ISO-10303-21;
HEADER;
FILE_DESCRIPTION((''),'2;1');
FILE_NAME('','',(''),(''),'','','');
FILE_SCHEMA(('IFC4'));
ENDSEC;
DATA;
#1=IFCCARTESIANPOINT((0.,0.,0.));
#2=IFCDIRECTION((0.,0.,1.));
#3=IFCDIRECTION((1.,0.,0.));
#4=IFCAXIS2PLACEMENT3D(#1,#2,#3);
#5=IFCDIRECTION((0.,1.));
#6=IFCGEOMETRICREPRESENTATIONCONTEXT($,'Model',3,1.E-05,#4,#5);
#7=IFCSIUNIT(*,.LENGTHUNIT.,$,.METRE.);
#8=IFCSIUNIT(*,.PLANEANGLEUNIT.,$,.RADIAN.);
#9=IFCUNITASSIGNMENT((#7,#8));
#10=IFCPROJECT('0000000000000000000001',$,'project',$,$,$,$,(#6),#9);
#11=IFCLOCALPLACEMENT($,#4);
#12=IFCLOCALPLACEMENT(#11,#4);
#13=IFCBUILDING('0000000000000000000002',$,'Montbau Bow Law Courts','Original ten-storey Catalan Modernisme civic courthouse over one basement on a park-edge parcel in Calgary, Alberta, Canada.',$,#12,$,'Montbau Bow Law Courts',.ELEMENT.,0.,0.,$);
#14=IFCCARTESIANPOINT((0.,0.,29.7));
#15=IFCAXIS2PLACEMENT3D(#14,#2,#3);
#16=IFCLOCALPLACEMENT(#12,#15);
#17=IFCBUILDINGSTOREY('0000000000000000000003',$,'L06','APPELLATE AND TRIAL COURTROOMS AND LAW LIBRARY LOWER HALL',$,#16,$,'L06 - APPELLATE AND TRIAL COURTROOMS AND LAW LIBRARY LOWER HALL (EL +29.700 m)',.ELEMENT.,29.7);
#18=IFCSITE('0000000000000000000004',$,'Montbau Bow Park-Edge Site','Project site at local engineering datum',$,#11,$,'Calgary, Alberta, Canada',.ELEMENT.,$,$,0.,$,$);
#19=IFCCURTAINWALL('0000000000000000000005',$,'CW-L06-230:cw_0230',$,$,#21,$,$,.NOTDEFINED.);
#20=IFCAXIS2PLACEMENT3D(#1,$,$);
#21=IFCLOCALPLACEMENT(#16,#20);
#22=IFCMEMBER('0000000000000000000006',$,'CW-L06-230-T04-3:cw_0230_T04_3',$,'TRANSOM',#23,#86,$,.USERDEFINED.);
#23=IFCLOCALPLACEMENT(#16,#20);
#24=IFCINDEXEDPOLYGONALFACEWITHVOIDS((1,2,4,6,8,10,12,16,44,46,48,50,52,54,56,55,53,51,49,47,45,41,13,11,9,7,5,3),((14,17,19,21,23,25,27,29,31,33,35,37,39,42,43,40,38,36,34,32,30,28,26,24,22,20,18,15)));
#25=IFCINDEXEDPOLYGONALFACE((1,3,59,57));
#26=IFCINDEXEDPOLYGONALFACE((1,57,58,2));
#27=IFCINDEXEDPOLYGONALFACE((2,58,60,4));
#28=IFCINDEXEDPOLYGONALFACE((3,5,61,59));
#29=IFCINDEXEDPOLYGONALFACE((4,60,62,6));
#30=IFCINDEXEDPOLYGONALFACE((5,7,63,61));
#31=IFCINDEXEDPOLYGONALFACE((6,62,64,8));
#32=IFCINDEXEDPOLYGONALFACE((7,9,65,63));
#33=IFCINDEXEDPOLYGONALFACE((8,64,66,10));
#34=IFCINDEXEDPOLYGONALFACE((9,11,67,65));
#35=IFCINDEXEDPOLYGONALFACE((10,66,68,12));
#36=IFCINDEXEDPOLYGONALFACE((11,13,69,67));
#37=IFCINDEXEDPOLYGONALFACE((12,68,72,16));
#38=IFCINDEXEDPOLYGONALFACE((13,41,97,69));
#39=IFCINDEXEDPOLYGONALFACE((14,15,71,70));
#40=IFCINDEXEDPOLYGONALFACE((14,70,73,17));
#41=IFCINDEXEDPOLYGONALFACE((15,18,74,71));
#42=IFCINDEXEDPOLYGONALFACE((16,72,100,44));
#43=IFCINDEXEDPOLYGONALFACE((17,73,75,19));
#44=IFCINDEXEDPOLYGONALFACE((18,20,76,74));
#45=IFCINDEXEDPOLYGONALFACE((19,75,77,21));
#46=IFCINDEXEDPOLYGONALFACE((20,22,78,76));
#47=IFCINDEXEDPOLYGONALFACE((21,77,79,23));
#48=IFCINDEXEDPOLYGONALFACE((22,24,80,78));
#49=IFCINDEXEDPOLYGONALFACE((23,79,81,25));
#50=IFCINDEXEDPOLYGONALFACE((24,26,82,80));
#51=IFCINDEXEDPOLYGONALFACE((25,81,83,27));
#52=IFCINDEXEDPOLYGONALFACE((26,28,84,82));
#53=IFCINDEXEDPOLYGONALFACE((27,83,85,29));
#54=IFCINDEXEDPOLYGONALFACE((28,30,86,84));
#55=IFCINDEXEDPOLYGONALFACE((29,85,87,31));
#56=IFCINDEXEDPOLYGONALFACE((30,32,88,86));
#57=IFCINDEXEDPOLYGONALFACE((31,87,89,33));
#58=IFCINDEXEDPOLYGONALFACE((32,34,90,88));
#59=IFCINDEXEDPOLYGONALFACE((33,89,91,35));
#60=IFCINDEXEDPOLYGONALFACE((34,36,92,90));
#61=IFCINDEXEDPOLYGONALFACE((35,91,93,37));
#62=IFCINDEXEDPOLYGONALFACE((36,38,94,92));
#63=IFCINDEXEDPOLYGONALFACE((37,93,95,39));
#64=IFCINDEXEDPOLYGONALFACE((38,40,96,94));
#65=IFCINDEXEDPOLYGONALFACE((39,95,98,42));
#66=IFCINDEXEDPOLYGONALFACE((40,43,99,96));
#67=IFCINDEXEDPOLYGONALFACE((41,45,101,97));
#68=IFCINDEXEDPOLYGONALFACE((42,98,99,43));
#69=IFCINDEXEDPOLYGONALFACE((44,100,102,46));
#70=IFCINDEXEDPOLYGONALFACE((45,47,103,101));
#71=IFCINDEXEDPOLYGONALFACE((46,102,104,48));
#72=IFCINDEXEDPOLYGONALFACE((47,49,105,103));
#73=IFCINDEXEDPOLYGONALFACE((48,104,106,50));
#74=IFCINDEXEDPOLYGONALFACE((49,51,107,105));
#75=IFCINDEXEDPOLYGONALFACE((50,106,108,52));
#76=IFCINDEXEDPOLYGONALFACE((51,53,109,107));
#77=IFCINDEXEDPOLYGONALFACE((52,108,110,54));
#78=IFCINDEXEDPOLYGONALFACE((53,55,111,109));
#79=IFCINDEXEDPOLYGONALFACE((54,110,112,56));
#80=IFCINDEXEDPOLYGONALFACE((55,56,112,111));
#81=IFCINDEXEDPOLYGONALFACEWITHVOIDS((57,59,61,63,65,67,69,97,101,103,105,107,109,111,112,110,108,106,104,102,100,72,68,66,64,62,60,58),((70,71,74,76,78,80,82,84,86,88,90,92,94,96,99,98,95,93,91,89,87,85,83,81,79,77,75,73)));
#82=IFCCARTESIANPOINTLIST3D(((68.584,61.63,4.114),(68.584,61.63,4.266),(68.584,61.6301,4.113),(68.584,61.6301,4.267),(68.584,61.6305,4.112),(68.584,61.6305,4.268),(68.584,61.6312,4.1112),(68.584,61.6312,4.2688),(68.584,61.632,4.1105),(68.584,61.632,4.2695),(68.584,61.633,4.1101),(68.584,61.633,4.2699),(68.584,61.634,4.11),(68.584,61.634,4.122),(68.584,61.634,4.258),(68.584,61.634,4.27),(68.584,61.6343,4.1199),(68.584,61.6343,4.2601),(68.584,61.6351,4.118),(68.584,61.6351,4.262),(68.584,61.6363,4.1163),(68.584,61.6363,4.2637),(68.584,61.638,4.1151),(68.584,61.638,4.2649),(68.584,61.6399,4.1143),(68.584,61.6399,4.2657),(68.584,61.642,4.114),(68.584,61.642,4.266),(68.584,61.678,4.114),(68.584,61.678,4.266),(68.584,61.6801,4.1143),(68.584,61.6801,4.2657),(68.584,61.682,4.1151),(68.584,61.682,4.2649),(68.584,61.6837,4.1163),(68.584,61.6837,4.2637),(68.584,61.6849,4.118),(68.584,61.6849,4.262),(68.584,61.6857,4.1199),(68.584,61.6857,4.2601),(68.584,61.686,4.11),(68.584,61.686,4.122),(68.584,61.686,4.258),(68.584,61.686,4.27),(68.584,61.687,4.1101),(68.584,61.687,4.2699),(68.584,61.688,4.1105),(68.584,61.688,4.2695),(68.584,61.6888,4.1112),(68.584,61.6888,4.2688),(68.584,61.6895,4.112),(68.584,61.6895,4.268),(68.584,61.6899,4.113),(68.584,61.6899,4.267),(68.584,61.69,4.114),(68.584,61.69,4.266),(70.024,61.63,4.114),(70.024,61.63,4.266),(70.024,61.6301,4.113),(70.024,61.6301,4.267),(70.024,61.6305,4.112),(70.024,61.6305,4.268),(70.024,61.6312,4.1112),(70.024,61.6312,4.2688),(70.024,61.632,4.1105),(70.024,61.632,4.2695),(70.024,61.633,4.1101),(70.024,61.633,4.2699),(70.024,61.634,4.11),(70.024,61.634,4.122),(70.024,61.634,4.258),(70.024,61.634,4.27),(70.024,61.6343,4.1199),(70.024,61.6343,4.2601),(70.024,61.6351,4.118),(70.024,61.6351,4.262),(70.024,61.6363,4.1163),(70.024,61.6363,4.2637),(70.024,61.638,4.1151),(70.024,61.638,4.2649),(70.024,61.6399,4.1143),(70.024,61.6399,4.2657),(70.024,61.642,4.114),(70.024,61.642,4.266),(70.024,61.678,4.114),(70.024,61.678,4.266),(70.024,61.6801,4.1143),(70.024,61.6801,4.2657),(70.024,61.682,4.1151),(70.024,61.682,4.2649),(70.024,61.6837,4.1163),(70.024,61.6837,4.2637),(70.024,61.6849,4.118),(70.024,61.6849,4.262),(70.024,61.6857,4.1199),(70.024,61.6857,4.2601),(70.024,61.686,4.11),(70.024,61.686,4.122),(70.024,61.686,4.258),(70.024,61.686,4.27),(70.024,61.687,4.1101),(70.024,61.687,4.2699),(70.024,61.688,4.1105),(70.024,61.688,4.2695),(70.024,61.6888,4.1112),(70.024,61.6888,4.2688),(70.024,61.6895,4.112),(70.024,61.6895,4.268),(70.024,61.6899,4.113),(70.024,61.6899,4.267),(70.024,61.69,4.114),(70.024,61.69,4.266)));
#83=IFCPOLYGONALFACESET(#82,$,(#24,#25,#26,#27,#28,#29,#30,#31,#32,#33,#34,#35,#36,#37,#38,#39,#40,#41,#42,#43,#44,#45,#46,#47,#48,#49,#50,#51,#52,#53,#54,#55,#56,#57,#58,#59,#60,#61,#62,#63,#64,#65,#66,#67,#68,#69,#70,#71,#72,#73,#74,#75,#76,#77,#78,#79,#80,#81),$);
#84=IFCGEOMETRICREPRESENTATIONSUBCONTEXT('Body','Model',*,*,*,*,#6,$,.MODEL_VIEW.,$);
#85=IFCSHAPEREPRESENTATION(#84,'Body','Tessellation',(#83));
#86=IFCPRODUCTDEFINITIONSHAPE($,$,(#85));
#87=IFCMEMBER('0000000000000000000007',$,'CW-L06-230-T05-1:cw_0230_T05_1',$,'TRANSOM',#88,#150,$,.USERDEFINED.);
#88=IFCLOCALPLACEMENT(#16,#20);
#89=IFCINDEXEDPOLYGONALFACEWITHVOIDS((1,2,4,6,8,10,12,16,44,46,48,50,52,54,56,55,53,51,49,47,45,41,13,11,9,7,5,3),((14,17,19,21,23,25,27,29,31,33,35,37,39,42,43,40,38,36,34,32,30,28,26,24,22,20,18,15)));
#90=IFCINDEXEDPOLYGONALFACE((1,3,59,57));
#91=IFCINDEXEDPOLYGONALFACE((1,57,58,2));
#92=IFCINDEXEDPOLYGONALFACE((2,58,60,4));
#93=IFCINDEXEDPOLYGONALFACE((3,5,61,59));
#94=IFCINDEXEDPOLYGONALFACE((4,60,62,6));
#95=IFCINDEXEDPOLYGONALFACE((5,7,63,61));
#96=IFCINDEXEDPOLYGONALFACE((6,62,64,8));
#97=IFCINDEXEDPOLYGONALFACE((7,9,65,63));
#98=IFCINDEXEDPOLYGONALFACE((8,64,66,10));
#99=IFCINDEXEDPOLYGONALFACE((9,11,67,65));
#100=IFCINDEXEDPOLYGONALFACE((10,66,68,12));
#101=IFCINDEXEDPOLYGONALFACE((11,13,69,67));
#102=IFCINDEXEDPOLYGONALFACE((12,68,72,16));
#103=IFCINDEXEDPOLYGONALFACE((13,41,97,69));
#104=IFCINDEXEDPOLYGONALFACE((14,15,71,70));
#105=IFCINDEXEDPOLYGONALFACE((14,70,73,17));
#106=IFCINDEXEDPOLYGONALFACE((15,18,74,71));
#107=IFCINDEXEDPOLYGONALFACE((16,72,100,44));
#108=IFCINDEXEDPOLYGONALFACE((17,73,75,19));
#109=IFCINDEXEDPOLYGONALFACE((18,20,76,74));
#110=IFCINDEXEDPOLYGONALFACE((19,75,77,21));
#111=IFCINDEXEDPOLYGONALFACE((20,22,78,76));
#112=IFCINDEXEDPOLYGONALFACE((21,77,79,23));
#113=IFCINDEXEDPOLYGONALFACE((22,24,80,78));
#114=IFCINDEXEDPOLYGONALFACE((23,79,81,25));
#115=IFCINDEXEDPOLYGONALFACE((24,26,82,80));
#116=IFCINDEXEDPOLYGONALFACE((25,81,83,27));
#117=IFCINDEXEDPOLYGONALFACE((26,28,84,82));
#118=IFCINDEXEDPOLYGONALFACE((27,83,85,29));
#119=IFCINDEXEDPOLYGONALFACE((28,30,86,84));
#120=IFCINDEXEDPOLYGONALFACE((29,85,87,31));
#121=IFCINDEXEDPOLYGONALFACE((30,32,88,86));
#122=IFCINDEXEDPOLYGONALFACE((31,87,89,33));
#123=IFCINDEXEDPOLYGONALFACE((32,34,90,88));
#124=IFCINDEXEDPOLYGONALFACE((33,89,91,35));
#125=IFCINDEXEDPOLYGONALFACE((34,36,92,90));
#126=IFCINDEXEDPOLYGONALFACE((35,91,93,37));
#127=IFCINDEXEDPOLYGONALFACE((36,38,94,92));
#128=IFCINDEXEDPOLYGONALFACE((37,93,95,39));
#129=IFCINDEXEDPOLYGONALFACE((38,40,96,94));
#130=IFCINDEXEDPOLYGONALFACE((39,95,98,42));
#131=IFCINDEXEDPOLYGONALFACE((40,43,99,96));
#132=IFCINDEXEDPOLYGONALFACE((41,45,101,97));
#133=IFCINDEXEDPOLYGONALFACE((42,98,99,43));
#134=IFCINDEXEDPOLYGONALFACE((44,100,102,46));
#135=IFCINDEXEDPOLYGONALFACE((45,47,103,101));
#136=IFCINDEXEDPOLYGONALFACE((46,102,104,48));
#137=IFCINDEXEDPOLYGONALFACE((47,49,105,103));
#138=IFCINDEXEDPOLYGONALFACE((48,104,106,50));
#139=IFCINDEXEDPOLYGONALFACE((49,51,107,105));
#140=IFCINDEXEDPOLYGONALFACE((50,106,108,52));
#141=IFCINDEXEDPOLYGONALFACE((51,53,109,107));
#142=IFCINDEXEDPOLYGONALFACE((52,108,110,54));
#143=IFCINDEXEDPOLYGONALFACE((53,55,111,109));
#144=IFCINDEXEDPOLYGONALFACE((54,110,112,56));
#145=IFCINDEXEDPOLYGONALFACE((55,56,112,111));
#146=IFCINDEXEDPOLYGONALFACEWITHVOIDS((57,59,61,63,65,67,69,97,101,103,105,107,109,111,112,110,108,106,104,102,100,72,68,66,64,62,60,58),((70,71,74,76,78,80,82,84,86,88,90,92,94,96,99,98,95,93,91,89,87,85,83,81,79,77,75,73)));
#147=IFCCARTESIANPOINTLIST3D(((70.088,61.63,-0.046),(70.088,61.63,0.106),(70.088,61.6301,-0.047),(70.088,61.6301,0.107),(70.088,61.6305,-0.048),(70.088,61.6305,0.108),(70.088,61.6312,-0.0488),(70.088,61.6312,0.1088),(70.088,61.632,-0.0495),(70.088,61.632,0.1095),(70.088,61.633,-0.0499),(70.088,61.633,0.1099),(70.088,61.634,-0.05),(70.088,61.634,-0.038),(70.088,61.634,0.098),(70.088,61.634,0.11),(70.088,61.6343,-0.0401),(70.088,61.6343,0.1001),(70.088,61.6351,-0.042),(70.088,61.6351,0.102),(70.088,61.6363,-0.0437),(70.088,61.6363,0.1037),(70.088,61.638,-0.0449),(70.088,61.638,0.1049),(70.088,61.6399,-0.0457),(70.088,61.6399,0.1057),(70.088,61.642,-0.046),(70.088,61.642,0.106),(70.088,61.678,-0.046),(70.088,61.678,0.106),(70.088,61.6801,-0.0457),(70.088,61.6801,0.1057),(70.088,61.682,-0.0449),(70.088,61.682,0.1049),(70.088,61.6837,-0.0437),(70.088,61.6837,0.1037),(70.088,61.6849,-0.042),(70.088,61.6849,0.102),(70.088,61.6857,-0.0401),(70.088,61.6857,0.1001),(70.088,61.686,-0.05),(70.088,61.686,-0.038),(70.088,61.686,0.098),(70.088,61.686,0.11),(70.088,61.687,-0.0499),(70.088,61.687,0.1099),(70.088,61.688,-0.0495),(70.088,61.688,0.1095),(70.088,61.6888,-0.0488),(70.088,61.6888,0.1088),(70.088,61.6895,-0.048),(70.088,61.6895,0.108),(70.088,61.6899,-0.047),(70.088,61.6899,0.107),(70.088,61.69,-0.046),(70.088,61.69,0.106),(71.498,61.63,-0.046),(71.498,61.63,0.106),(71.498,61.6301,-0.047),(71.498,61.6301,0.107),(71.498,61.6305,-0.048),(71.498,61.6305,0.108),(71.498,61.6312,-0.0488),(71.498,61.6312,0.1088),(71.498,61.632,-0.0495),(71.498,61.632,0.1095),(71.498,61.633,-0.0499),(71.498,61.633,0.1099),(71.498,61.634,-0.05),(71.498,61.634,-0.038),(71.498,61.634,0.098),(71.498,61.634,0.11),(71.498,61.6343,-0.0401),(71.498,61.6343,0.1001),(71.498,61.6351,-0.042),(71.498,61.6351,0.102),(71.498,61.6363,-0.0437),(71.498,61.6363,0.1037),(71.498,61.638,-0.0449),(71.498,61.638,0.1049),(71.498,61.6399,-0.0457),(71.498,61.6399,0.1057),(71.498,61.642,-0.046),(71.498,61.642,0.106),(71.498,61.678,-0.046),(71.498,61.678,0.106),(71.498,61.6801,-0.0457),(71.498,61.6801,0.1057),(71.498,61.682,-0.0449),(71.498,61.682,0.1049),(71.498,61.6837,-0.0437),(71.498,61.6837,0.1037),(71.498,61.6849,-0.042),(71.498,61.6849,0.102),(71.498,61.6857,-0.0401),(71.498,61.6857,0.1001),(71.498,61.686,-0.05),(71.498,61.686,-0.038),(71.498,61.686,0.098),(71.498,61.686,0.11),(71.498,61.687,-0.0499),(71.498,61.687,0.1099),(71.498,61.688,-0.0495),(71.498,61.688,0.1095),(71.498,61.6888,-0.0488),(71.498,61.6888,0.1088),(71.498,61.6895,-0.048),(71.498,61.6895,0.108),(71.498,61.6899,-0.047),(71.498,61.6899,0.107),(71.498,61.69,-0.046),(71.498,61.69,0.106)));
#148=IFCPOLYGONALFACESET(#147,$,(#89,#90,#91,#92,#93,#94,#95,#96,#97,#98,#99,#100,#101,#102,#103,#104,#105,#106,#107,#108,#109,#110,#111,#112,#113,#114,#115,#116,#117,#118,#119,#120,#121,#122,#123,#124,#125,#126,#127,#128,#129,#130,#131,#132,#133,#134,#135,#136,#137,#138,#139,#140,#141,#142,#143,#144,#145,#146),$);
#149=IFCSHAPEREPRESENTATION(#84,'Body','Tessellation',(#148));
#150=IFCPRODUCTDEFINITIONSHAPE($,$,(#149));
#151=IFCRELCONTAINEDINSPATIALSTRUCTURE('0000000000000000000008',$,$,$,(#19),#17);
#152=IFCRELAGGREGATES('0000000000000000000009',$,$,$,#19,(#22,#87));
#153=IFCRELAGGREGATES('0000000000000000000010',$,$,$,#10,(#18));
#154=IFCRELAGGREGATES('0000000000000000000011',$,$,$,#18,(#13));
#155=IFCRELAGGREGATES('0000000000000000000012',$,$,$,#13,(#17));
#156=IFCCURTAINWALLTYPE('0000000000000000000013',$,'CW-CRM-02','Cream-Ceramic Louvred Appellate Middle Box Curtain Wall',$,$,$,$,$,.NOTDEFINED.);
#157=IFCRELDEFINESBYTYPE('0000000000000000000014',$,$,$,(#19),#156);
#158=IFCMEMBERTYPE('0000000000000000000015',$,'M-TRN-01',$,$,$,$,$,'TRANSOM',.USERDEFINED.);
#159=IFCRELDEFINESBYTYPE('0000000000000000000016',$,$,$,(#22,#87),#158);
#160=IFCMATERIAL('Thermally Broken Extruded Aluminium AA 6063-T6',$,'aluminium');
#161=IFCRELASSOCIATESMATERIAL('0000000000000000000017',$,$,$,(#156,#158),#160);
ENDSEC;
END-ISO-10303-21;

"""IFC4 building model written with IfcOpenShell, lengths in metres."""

from ifc_helpers import new_model, si_unit, direction, frame, origin_with_axes, origin_2d_with_axis, place, context, subcontext, project, spatial, hollow_rectangle, extrude, material, material_profile, profile_set, type_object, element, aggregate, save


model = new_model("IFC4")

# Units and contexts
model_context = context("Model", 3, precision=1e-05, world=origin_with_axes(), true_north=direction((0.0, 1.0)))
body_context = subcontext(model_context, "Body", "Model", "MODEL_VIEW")
ifc_project = project(units=[si_unit("LENGTHUNIT", "METRE"), si_unit("PLANEANGLEUNIT", "RADIAN")], contexts=[model_context])

# Site, building, storey
site_placement = place(None, origin_with_axes())
site = spatial("IfcSite", under=ifc_project, at=site_placement, Name="Montbau Bow Park-Edge Site", Description="Project site at local engineering datum", LongName="Calgary, Alberta, Canada", CompositionType="ELEMENT", RefElevation=0.0)
building_placement = place(site_placement, origin_with_axes())
building = spatial("IfcBuilding", under=site, at=building_placement, Name="Montbau Bow Law Courts", Description="Original ten-storey Catalan Modernisme civic courthouse over one basement on a park-edge parcel in Calgary, Alberta, Canada.", LongName="Montbau Bow Law Courts", CompositionType="ELEMENT", ElevationOfRefHeight=0.0, ElevationOfTerrain=0.0)
storey_placement = place(building_placement, frame((0.0, 0.0, 29.7), z_axis=(0.0, 0.0, 1.0), x_axis=(1.0, 0.0, 0.0)))
storey = spatial("IfcBuildingStorey", under=building, at=storey_placement, Name="L06", Description="APPELLATE AND TRIAL COURTROOMS AND LAW LIBRARY LOWER HALL", LongName="L06 - APPELLATE AND TRIAL COURTROOMS AND LAW LIBRARY LOWER HALL (EL +29.700 m)", CompositionType="ELEMENT", Elevation=29.7)

# Curtain wall, members
ifc_material_1 = material(Name="Thermally Broken Extruded Aluminium AA 6063-T6", Category="aluminium")
curtain_wall_type = type_object("IfcCurtainWallType", Name="CW-CRM-02", Description="Cream-Ceramic Louvred Appellate Middle Box Curtain Wall", PredefinedType="NOTDEFINED", material=ifc_material_1)
curtain_wall_1_placement = place(None, frame((64.04, 61.66, 29.7), z_axis=(0.0, 0.0, 1.0), x_axis=(1.0, 0.0, 0.0)))
curtain_wall_1 = element("IfcCurtainWall", 1, at=curtain_wall_1_placement, inside=storey, type_object=curtain_wall_type, Name="CW-L06-230:cw_0230", PredefinedType="NOTDEFINED")
ifc_material_profile_1 = material_profile(ifc_material_1, hollow_rectangle(XDim=0.06, YDim=0.16, WallThickness=0.004, InnerFilletRadius=0.008, OuterFilletRadius=0.004, at=origin_2d_with_axis()), Name="CWT-160X60", Category="Main", Priority=0)
ifc_profile_set_1 = profile_set([ifc_material_profile_1], Name="Thermally Broken Extruded Aluminium AA 6063-T6")
member_type_1 = type_object("IfcMemberType", Name="M-TRN-01", ElementType="TRANSOM", PredefinedType="USERDEFINED", material=ifc_profile_set_1)
member_1_placement = place(None, frame((68.584, 61.66, 33.89), z_axis=(1.0, 0.0, 0.0), x_axis=(0.0, 1.0, 0.0)))
member_1 = element("IfcMember", 2, at=member_1_placement, type_object=member_type_1, Name="CW-L06-230-T04-3:cw_0230_T04_3", ObjectType="TRANSOM", PredefinedType="USERDEFINED", context=body_context, shape_type="SweptSolid", body=[
    extrude(hollow_rectangle(XDim=0.06, YDim=0.16, WallThickness=0.004, InnerFilletRadius=0.008, OuterFilletRadius=0.004, at=origin_2d_with_axis()), origin_with_axes(), (0.0, 0.0, 1.0), 1.44),
])
member_2_placement = place(None, frame((70.088, 61.66, 29.73), z_axis=(1.0, 0.0, 0.0), x_axis=(0.0, 1.0, 0.0)))
member_2 = element("IfcMember", 3, at=member_2_placement, type_object=member_type_1, Name="CW-L06-230-T05-1:cw_0230_T05_1", ObjectType="TRANSOM", PredefinedType="USERDEFINED", context=body_context, shape_type="SweptSolid", body=[
    extrude(hollow_rectangle(XDim=0.06, YDim=0.16, WallThickness=0.004, InnerFilletRadius=0.008, OuterFilletRadius=0.004, at=origin_2d_with_axis()), origin_with_axes(), (0.0, 0.0, 1.0), 1.41),
])

aggregate(curtain_wall_1, [member_1, member_2])

save(model, "model.ifc")
